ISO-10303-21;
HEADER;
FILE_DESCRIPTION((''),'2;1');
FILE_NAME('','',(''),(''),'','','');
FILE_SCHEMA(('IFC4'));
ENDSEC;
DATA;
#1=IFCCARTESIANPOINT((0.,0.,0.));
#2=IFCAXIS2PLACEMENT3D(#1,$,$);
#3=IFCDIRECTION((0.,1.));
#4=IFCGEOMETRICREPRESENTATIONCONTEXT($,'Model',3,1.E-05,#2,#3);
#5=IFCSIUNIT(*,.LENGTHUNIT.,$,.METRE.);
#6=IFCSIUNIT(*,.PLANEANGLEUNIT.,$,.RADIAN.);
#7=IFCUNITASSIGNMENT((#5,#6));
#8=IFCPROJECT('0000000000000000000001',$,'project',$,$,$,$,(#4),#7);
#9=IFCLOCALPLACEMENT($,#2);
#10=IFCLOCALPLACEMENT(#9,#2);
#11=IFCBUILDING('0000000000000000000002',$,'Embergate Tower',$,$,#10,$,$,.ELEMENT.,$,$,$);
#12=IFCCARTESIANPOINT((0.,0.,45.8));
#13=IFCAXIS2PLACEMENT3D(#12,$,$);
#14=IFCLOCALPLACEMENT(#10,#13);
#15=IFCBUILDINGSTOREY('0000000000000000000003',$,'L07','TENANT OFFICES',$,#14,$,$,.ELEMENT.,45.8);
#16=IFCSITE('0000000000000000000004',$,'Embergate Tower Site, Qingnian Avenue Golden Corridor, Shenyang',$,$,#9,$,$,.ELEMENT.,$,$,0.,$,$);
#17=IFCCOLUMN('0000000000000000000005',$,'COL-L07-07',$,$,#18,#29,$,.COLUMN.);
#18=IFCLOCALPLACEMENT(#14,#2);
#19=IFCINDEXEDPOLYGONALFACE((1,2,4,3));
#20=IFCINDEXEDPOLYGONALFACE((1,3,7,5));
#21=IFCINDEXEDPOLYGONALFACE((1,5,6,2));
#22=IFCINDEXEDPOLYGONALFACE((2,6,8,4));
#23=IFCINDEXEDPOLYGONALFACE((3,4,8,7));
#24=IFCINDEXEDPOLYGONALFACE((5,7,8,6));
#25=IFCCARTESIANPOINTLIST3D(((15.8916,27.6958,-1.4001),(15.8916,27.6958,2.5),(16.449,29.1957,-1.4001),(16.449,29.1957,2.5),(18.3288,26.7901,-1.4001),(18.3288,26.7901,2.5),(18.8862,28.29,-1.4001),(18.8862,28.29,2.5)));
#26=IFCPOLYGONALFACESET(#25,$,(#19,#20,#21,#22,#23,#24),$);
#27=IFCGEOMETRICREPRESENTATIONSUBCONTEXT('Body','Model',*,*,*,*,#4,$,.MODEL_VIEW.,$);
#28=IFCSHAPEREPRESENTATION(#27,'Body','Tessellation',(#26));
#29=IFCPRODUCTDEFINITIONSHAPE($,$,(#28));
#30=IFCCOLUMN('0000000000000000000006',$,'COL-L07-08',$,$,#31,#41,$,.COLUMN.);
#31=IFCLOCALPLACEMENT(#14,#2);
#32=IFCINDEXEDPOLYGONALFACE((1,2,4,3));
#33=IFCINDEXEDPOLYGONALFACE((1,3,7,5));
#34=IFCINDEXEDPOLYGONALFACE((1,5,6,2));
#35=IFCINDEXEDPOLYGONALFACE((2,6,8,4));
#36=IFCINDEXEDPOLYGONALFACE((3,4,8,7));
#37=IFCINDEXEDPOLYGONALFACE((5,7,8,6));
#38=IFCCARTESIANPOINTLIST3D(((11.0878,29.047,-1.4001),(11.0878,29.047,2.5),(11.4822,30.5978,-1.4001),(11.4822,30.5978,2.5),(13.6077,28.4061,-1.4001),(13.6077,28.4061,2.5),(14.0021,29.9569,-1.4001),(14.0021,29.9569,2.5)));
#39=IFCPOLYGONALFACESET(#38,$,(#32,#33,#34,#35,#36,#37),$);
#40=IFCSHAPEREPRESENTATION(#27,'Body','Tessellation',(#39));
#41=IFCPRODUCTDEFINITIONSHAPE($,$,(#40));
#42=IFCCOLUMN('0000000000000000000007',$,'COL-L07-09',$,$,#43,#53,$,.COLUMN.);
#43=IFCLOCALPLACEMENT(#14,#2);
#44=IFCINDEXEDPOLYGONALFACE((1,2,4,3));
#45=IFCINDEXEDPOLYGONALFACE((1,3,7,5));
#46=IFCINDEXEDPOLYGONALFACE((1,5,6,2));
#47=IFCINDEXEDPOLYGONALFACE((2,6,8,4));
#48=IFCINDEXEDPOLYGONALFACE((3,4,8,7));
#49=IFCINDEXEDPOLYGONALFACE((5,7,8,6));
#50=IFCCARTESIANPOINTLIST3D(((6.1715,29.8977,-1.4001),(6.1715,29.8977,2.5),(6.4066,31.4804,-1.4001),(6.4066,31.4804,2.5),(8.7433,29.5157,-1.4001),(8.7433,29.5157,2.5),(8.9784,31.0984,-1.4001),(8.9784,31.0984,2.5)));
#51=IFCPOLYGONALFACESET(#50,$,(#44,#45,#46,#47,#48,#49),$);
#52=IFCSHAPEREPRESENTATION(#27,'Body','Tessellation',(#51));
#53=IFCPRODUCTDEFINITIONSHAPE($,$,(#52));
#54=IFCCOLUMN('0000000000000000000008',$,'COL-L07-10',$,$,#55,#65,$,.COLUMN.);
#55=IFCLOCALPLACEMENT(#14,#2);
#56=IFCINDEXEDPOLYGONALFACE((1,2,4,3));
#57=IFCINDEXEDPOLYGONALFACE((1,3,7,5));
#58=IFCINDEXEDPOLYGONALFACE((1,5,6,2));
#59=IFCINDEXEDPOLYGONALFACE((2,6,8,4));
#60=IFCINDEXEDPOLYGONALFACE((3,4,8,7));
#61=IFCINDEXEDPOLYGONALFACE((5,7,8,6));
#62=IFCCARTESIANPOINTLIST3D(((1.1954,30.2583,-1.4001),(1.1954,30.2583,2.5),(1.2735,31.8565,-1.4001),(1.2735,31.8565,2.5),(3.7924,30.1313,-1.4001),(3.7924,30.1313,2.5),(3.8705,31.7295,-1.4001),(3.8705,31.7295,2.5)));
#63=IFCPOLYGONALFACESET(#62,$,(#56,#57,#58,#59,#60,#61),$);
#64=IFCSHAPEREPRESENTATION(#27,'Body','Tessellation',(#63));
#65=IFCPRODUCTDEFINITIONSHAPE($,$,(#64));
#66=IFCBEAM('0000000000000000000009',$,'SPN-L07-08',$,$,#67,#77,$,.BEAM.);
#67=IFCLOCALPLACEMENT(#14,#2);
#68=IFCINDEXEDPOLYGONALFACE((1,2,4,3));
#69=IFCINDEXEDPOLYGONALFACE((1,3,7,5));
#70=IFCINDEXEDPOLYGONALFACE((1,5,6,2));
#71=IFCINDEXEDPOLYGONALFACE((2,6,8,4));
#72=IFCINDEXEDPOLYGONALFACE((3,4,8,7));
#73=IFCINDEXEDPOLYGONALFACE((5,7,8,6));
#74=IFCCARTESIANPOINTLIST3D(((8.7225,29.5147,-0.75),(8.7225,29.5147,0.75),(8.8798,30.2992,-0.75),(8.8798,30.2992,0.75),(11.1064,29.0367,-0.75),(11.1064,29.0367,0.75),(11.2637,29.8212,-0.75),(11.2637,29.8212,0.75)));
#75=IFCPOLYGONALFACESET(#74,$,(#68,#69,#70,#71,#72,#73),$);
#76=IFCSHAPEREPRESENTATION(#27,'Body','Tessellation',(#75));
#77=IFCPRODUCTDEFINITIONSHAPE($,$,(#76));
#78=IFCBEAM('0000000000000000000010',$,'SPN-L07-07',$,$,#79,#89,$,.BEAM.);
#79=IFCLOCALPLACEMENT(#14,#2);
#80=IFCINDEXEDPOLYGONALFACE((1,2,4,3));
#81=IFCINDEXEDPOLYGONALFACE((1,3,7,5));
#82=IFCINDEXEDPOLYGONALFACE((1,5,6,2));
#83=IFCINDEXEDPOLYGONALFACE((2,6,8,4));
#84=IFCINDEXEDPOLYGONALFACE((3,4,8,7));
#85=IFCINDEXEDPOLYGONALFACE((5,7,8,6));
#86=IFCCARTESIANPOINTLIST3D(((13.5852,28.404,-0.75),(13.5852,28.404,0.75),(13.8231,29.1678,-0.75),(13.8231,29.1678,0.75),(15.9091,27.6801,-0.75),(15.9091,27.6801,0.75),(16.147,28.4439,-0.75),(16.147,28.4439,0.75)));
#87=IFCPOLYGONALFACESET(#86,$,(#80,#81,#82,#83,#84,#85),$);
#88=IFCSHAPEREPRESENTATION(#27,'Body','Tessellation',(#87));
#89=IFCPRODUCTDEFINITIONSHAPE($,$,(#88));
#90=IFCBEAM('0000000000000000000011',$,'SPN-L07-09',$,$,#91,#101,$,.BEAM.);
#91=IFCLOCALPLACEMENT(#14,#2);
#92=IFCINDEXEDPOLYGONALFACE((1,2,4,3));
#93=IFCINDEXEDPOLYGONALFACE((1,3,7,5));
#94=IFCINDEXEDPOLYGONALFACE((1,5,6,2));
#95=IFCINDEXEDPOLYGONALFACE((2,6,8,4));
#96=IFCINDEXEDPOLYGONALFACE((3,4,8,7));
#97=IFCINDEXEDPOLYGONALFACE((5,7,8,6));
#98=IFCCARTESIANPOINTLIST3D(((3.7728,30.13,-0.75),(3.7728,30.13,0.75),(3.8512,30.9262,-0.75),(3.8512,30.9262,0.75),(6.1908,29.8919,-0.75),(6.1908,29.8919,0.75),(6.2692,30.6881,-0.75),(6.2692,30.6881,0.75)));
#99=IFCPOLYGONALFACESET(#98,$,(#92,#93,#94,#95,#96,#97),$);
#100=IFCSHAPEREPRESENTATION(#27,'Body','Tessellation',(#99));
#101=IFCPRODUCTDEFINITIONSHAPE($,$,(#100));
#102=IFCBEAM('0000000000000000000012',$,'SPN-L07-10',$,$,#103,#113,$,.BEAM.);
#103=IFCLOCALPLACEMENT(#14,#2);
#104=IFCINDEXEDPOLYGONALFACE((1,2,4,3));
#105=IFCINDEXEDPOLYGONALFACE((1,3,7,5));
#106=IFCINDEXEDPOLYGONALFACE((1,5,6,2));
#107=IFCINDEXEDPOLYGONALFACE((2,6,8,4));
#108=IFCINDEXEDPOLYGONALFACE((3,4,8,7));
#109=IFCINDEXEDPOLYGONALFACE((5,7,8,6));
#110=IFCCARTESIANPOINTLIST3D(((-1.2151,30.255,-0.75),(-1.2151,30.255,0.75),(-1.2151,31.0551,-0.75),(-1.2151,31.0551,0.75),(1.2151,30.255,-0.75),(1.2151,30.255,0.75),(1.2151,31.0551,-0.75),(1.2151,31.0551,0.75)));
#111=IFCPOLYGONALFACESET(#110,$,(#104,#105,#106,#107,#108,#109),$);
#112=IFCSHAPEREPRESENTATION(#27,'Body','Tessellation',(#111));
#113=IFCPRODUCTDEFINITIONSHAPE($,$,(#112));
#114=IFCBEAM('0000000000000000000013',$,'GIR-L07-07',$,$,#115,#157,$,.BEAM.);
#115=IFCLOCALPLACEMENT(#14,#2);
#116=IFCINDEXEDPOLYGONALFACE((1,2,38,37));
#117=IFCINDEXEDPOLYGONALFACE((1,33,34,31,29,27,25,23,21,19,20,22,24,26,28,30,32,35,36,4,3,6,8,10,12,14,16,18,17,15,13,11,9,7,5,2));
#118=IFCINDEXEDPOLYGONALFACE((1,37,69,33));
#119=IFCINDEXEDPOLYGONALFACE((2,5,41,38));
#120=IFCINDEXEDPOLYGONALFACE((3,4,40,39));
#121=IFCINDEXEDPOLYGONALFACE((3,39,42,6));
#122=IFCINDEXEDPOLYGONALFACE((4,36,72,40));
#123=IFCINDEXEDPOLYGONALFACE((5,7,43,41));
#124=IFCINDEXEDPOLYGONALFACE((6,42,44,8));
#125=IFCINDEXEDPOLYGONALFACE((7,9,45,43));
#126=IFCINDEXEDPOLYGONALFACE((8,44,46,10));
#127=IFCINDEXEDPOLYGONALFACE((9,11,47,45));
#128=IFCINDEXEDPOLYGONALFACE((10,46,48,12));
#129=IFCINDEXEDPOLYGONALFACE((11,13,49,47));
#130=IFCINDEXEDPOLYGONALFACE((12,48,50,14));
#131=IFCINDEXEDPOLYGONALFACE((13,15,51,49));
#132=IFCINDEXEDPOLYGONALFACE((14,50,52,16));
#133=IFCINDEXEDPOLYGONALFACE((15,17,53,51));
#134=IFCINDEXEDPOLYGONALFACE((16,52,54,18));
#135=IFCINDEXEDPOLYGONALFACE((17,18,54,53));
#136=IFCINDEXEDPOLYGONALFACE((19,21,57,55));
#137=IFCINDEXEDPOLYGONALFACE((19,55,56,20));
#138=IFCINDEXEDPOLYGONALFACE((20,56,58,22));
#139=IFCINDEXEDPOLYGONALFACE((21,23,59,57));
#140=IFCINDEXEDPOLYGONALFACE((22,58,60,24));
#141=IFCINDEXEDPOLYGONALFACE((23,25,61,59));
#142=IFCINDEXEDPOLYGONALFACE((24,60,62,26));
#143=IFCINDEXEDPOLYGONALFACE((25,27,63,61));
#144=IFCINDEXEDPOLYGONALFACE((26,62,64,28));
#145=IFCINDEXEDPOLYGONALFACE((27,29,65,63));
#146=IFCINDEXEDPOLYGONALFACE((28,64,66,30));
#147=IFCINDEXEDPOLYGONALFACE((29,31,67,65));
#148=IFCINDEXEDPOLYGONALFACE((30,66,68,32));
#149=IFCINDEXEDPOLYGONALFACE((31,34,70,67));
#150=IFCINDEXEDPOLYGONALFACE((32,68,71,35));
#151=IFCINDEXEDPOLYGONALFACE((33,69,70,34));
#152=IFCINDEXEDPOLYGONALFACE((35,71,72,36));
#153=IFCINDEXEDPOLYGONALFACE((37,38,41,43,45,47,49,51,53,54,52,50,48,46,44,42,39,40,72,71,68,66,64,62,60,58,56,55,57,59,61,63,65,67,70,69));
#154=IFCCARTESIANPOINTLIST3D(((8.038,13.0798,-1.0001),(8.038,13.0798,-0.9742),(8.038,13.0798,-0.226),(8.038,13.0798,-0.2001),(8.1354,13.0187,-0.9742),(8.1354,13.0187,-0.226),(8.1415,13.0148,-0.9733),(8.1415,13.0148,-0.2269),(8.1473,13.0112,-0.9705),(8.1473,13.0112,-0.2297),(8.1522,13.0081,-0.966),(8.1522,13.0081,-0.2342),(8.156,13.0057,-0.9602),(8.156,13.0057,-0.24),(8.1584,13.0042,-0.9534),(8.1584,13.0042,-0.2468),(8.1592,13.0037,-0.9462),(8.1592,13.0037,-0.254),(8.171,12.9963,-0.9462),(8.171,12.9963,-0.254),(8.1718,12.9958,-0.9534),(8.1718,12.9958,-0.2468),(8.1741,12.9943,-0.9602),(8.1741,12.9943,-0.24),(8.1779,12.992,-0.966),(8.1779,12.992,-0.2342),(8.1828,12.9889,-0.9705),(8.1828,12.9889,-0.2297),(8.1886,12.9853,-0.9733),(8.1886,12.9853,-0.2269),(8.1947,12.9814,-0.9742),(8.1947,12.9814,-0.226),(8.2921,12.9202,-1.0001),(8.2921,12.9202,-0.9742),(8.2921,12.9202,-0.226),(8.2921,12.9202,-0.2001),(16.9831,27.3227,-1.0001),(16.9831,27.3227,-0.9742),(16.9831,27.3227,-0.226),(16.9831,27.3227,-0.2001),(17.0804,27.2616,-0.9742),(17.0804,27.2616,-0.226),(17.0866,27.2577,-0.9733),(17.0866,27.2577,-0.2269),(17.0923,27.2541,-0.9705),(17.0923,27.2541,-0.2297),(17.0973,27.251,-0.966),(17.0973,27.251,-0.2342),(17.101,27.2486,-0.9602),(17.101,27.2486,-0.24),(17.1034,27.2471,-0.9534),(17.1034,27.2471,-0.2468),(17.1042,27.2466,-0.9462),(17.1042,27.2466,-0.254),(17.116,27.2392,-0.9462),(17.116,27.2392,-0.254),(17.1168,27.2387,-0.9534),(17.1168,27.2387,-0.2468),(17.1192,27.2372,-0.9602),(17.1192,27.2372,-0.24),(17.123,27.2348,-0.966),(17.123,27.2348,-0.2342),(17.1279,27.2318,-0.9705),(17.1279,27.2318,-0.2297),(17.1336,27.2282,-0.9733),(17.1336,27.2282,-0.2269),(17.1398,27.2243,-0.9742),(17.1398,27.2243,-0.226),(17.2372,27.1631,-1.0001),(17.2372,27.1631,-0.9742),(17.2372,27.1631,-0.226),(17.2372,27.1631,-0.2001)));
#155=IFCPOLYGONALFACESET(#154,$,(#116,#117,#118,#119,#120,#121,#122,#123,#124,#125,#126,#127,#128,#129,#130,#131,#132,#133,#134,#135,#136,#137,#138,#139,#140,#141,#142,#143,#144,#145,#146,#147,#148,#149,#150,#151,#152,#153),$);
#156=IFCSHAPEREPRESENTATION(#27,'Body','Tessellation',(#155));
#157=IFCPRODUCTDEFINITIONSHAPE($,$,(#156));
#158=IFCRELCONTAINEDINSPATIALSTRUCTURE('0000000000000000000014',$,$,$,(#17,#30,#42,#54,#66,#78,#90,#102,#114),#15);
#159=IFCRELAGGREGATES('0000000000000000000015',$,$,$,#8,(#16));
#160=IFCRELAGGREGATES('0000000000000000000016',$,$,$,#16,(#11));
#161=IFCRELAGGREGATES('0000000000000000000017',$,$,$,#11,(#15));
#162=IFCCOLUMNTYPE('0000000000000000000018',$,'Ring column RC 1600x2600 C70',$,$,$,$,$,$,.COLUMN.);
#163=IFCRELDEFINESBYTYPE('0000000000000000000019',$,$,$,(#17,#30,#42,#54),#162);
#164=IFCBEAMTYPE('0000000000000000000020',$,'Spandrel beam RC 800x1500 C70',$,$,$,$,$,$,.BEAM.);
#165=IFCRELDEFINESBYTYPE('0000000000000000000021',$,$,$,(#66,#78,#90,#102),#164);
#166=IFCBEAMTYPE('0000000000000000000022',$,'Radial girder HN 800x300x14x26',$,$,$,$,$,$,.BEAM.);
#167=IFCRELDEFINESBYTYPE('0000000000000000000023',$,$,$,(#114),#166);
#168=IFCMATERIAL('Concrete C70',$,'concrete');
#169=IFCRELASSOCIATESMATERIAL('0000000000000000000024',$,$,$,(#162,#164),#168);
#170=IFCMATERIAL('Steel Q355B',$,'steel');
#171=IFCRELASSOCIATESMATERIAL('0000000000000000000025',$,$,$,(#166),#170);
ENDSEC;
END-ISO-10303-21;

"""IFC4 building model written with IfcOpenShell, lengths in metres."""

from ifc_helpers import new_model, si_unit, direction, frame, origin, origin_2d, place, context, subcontext, project, spatial, rectangle, i_section, extrude, source, transform, mapped, material, material_profile, profile_set, type_object, element, save


model = new_model("IFC4")

# Units and contexts
model_context = context("Model", 3, precision=1e-05, world=origin(), true_north=direction((0.0, 1.0)))
body_context = subcontext(model_context, "Body", "Model", "MODEL_VIEW")
ifc_project = project(units=[si_unit("LENGTHUNIT", "METRE"), si_unit("PLANEANGLEUNIT", "RADIAN")], contexts=[model_context])

# Site, building, storey
site_placement = place(None, origin())
site = spatial("IfcSite", under=ifc_project, at=site_placement, Name="Embergate Tower Site, Qingnian Avenue Golden Corridor, Shenyang", CompositionType="ELEMENT", RefElevation=0.0)
building_placement = place(site_placement, origin())
building = spatial("IfcBuilding", under=site, at=building_placement, Name="Embergate Tower", CompositionType="ELEMENT")
storey_placement = place(building_placement, frame((0.0, 0.0, 45.8)))
storey = spatial("IfcBuildingStorey", under=building, at=storey_placement, Name="L07", Description="TENANT OFFICES", CompositionType="ELEMENT", Elevation=45.8)

# Columns
ifc_material_1 = material(Name="Concrete C70", Category="concrete")
ifc_material_profile_1 = material_profile(ifc_material_1, rectangle(XDim=1.6001, YDim=2.6001, at=origin_2d()), Name="RC 1600x2600")
ifc_profile_set_1 = profile_set([ifc_material_profile_1], Name="Concrete C70")
column_type = type_object("IfcColumnType", Name="Ring column RC 1600x2600 C70", PredefinedType="COLUMN", material=ifc_profile_set_1)
shared_shape_1 = source(origin(), body_context, "Body", "SweptSolid", [
    extrude(rectangle(XDim=1.6001, YDim=2.6001, at=origin_2d()), origin(), (0.0, 0.0, 1.0), 3.9001),
])
for number, where, z_axis, x_axis, name in (
    (1, (17.3889, 27.9929, -1.4001), (0.0, 0.0, 1.0), (0.348343, 0.937367, 0.0), "COL-L07-07"),
    (2, (12.5449, 29.502, -1.4001), (0.0, 0.0, 1.0), (0.246492, 0.969145, 0.0), "COL-L07-08"),
    (3, (7.575, 30.498, -1.4001), (0.0, 0.0, 1.0), (0.146929, 0.989147, 0.0), "COL-L07-09"),
    (4, (2.533, 30.9939, -1.4001), (0.0, 0.0, 1.0), (0.048815, 0.998808, 0.0), "COL-L07-10"),
):
    element("IfcColumn", number, at=place(storey_placement, frame(where, z_axis=z_axis, x_axis=x_axis)), inside=storey, type_object=column_type, Name=name, PredefinedType="COLUMN", context=body_context, shape_type="MappedRepresentation", body=[
        mapped(shared_shape_1, transform((0.0, 0.0, 0.0))),
    ])

# Beams
ifc_material_profile_2 = material_profile(ifc_material_1, rectangle(XDim=0.8, YDim=1.5, at=origin_2d()), Name="RC 800x1500")
ifc_profile_set_2 = profile_set([ifc_material_profile_2], Name="Concrete C70")
beam_type_1 = type_object("IfcBeamType", Name="Spandrel beam RC 800x1500 C70", PredefinedType="BEAM", material=ifc_profile_set_2)
shared_shape_2 = source(origin(), body_context, "Body", "SweptSolid", [
    extrude(rectangle(XDim=0.8, YDim=1.5, at=origin_2d()), origin(), (0.0, 0.0, 1.0), 2.4314),
])
beam_1_placement = place(storey_placement, frame((11.1851, 29.429, 0.0), z_axis=(-0.980484, 0.196599, 0.0), x_axis=(-0.196599, -0.980484, 0.0)))
element("IfcBeam", 5, at=beam_1_placement, inside=storey, type_object=beam_type_1, Name="SPN-L07-08", PredefinedType="BEAM", context=body_context, shape_type="MappedRepresentation", body=[
    mapped(shared_shape_2, transform((0.0, 0.0, 0.0))),
])
shared_shape_3 = source(origin(), body_context, "Body", "SweptSolid", [
    extrude(rectangle(XDim=0.8, YDim=1.5, at=origin_2d()), origin(), (0.0, 0.0, 1.0), 2.4341),
])
beam_2_placement = place(storey_placement, frame((16.0281, 28.062, 0.0), z_axis=(-0.954756, 0.29739, 0.0), x_axis=(-0.29739, -0.954756, 0.0)))
element("IfcBeam", 6, at=beam_2_placement, inside=storey, type_object=beam_type_1, Name="SPN-L07-07", PredefinedType="BEAM", context=body_context, shape_type="MappedRepresentation", body=[
    mapped(shared_shape_3, transform((0.0, 0.0, 0.0))),
])
shared_shape_4 = source(origin(), body_context, "Body", "SweptSolid", [
    extrude(rectangle(XDim=0.8, YDim=1.5, at=origin_2d()), origin(), (0.0, 0.0, 1.0), 2.4297),
])
beam_3_placement = place(storey_placement, frame((6.23, 30.29, 0.0), z_axis=(-0.995189, 0.097971, 0.0), x_axis=(-0.097971, -0.995189, 0.0)))
element("IfcBeam", 7, at=beam_3_placement, inside=storey, type_object=beam_type_1, Name="SPN-L07-09", PredefinedType="BEAM", context=body_context, shape_type="MappedRepresentation", body=[
    mapped(shared_shape_4, transform((0.0, 0.0, 0.0))),
])
shared_shape_5 = source(origin(), body_context, "Body", "SweptSolid", [
    extrude(rectangle(XDim=0.8, YDim=1.5, at=origin_2d()), origin(), (0.0, 0.0, 1.0), 2.4302),
])
beam_4_placement = place(storey_placement, frame((1.2151, 30.655, 0.0), z_axis=(-1.0, 0.0, 0.0), x_axis=(0.0, -1.0, 0.0)))
element("IfcBeam", 8, at=beam_4_placement, inside=storey, type_object=beam_type_1, Name="SPN-L07-10", PredefinedType="BEAM", context=body_context, shape_type="MappedRepresentation", body=[
    mapped(shared_shape_5, transform((0.0, 0.0, 0.0))),
])
ifc_material_2 = material(Name="Steel Q355B", Category="steel")
ifc_material_profile_3 = material_profile(ifc_material_2, i_section(OverallWidth=0.3, OverallDepth=0.8, WebThickness=0.0139, FlangeThickness=0.0259, FilletRadius=0.0281, at=origin_2d()), Name="HN 800x300x14x26")
ifc_profile_set_3 = profile_set([ifc_material_profile_3], Name="Steel Q355 grade B")
beam_type_2 = type_object("IfcBeamType", Name="Radial girder HN 800x300x14x26", PredefinedType="BEAM", material=ifc_profile_set_3)
shared_shape_6 = source(origin(), body_context, "Body", "SweptSolid", [
    extrude(i_section(OverallWidth=0.3, OverallDepth=0.8, WebThickness=0.0139, FlangeThickness=0.0259, FilletRadius=0.0281, at=origin_2d()), origin(), (0.0, 0.0, 1.0), 16.8188),
])
beam_5_placement = place(storey_placement, frame((17.1101, 27.2429, -0.6001), z_axis=(-0.531847, -0.846841, 0.0), x_axis=(0.846841, -0.531847, 0.0)))
element("IfcBeam", 9, at=beam_5_placement, inside=storey, type_object=beam_type_2, Name="GIR-L07-07", PredefinedType="BEAM", context=body_context, shape_type="MappedRepresentation", body=[
    mapped(shared_shape_6, transform((0.0, 0.0, 0.0))),
])

save(model, "model.ifc")
